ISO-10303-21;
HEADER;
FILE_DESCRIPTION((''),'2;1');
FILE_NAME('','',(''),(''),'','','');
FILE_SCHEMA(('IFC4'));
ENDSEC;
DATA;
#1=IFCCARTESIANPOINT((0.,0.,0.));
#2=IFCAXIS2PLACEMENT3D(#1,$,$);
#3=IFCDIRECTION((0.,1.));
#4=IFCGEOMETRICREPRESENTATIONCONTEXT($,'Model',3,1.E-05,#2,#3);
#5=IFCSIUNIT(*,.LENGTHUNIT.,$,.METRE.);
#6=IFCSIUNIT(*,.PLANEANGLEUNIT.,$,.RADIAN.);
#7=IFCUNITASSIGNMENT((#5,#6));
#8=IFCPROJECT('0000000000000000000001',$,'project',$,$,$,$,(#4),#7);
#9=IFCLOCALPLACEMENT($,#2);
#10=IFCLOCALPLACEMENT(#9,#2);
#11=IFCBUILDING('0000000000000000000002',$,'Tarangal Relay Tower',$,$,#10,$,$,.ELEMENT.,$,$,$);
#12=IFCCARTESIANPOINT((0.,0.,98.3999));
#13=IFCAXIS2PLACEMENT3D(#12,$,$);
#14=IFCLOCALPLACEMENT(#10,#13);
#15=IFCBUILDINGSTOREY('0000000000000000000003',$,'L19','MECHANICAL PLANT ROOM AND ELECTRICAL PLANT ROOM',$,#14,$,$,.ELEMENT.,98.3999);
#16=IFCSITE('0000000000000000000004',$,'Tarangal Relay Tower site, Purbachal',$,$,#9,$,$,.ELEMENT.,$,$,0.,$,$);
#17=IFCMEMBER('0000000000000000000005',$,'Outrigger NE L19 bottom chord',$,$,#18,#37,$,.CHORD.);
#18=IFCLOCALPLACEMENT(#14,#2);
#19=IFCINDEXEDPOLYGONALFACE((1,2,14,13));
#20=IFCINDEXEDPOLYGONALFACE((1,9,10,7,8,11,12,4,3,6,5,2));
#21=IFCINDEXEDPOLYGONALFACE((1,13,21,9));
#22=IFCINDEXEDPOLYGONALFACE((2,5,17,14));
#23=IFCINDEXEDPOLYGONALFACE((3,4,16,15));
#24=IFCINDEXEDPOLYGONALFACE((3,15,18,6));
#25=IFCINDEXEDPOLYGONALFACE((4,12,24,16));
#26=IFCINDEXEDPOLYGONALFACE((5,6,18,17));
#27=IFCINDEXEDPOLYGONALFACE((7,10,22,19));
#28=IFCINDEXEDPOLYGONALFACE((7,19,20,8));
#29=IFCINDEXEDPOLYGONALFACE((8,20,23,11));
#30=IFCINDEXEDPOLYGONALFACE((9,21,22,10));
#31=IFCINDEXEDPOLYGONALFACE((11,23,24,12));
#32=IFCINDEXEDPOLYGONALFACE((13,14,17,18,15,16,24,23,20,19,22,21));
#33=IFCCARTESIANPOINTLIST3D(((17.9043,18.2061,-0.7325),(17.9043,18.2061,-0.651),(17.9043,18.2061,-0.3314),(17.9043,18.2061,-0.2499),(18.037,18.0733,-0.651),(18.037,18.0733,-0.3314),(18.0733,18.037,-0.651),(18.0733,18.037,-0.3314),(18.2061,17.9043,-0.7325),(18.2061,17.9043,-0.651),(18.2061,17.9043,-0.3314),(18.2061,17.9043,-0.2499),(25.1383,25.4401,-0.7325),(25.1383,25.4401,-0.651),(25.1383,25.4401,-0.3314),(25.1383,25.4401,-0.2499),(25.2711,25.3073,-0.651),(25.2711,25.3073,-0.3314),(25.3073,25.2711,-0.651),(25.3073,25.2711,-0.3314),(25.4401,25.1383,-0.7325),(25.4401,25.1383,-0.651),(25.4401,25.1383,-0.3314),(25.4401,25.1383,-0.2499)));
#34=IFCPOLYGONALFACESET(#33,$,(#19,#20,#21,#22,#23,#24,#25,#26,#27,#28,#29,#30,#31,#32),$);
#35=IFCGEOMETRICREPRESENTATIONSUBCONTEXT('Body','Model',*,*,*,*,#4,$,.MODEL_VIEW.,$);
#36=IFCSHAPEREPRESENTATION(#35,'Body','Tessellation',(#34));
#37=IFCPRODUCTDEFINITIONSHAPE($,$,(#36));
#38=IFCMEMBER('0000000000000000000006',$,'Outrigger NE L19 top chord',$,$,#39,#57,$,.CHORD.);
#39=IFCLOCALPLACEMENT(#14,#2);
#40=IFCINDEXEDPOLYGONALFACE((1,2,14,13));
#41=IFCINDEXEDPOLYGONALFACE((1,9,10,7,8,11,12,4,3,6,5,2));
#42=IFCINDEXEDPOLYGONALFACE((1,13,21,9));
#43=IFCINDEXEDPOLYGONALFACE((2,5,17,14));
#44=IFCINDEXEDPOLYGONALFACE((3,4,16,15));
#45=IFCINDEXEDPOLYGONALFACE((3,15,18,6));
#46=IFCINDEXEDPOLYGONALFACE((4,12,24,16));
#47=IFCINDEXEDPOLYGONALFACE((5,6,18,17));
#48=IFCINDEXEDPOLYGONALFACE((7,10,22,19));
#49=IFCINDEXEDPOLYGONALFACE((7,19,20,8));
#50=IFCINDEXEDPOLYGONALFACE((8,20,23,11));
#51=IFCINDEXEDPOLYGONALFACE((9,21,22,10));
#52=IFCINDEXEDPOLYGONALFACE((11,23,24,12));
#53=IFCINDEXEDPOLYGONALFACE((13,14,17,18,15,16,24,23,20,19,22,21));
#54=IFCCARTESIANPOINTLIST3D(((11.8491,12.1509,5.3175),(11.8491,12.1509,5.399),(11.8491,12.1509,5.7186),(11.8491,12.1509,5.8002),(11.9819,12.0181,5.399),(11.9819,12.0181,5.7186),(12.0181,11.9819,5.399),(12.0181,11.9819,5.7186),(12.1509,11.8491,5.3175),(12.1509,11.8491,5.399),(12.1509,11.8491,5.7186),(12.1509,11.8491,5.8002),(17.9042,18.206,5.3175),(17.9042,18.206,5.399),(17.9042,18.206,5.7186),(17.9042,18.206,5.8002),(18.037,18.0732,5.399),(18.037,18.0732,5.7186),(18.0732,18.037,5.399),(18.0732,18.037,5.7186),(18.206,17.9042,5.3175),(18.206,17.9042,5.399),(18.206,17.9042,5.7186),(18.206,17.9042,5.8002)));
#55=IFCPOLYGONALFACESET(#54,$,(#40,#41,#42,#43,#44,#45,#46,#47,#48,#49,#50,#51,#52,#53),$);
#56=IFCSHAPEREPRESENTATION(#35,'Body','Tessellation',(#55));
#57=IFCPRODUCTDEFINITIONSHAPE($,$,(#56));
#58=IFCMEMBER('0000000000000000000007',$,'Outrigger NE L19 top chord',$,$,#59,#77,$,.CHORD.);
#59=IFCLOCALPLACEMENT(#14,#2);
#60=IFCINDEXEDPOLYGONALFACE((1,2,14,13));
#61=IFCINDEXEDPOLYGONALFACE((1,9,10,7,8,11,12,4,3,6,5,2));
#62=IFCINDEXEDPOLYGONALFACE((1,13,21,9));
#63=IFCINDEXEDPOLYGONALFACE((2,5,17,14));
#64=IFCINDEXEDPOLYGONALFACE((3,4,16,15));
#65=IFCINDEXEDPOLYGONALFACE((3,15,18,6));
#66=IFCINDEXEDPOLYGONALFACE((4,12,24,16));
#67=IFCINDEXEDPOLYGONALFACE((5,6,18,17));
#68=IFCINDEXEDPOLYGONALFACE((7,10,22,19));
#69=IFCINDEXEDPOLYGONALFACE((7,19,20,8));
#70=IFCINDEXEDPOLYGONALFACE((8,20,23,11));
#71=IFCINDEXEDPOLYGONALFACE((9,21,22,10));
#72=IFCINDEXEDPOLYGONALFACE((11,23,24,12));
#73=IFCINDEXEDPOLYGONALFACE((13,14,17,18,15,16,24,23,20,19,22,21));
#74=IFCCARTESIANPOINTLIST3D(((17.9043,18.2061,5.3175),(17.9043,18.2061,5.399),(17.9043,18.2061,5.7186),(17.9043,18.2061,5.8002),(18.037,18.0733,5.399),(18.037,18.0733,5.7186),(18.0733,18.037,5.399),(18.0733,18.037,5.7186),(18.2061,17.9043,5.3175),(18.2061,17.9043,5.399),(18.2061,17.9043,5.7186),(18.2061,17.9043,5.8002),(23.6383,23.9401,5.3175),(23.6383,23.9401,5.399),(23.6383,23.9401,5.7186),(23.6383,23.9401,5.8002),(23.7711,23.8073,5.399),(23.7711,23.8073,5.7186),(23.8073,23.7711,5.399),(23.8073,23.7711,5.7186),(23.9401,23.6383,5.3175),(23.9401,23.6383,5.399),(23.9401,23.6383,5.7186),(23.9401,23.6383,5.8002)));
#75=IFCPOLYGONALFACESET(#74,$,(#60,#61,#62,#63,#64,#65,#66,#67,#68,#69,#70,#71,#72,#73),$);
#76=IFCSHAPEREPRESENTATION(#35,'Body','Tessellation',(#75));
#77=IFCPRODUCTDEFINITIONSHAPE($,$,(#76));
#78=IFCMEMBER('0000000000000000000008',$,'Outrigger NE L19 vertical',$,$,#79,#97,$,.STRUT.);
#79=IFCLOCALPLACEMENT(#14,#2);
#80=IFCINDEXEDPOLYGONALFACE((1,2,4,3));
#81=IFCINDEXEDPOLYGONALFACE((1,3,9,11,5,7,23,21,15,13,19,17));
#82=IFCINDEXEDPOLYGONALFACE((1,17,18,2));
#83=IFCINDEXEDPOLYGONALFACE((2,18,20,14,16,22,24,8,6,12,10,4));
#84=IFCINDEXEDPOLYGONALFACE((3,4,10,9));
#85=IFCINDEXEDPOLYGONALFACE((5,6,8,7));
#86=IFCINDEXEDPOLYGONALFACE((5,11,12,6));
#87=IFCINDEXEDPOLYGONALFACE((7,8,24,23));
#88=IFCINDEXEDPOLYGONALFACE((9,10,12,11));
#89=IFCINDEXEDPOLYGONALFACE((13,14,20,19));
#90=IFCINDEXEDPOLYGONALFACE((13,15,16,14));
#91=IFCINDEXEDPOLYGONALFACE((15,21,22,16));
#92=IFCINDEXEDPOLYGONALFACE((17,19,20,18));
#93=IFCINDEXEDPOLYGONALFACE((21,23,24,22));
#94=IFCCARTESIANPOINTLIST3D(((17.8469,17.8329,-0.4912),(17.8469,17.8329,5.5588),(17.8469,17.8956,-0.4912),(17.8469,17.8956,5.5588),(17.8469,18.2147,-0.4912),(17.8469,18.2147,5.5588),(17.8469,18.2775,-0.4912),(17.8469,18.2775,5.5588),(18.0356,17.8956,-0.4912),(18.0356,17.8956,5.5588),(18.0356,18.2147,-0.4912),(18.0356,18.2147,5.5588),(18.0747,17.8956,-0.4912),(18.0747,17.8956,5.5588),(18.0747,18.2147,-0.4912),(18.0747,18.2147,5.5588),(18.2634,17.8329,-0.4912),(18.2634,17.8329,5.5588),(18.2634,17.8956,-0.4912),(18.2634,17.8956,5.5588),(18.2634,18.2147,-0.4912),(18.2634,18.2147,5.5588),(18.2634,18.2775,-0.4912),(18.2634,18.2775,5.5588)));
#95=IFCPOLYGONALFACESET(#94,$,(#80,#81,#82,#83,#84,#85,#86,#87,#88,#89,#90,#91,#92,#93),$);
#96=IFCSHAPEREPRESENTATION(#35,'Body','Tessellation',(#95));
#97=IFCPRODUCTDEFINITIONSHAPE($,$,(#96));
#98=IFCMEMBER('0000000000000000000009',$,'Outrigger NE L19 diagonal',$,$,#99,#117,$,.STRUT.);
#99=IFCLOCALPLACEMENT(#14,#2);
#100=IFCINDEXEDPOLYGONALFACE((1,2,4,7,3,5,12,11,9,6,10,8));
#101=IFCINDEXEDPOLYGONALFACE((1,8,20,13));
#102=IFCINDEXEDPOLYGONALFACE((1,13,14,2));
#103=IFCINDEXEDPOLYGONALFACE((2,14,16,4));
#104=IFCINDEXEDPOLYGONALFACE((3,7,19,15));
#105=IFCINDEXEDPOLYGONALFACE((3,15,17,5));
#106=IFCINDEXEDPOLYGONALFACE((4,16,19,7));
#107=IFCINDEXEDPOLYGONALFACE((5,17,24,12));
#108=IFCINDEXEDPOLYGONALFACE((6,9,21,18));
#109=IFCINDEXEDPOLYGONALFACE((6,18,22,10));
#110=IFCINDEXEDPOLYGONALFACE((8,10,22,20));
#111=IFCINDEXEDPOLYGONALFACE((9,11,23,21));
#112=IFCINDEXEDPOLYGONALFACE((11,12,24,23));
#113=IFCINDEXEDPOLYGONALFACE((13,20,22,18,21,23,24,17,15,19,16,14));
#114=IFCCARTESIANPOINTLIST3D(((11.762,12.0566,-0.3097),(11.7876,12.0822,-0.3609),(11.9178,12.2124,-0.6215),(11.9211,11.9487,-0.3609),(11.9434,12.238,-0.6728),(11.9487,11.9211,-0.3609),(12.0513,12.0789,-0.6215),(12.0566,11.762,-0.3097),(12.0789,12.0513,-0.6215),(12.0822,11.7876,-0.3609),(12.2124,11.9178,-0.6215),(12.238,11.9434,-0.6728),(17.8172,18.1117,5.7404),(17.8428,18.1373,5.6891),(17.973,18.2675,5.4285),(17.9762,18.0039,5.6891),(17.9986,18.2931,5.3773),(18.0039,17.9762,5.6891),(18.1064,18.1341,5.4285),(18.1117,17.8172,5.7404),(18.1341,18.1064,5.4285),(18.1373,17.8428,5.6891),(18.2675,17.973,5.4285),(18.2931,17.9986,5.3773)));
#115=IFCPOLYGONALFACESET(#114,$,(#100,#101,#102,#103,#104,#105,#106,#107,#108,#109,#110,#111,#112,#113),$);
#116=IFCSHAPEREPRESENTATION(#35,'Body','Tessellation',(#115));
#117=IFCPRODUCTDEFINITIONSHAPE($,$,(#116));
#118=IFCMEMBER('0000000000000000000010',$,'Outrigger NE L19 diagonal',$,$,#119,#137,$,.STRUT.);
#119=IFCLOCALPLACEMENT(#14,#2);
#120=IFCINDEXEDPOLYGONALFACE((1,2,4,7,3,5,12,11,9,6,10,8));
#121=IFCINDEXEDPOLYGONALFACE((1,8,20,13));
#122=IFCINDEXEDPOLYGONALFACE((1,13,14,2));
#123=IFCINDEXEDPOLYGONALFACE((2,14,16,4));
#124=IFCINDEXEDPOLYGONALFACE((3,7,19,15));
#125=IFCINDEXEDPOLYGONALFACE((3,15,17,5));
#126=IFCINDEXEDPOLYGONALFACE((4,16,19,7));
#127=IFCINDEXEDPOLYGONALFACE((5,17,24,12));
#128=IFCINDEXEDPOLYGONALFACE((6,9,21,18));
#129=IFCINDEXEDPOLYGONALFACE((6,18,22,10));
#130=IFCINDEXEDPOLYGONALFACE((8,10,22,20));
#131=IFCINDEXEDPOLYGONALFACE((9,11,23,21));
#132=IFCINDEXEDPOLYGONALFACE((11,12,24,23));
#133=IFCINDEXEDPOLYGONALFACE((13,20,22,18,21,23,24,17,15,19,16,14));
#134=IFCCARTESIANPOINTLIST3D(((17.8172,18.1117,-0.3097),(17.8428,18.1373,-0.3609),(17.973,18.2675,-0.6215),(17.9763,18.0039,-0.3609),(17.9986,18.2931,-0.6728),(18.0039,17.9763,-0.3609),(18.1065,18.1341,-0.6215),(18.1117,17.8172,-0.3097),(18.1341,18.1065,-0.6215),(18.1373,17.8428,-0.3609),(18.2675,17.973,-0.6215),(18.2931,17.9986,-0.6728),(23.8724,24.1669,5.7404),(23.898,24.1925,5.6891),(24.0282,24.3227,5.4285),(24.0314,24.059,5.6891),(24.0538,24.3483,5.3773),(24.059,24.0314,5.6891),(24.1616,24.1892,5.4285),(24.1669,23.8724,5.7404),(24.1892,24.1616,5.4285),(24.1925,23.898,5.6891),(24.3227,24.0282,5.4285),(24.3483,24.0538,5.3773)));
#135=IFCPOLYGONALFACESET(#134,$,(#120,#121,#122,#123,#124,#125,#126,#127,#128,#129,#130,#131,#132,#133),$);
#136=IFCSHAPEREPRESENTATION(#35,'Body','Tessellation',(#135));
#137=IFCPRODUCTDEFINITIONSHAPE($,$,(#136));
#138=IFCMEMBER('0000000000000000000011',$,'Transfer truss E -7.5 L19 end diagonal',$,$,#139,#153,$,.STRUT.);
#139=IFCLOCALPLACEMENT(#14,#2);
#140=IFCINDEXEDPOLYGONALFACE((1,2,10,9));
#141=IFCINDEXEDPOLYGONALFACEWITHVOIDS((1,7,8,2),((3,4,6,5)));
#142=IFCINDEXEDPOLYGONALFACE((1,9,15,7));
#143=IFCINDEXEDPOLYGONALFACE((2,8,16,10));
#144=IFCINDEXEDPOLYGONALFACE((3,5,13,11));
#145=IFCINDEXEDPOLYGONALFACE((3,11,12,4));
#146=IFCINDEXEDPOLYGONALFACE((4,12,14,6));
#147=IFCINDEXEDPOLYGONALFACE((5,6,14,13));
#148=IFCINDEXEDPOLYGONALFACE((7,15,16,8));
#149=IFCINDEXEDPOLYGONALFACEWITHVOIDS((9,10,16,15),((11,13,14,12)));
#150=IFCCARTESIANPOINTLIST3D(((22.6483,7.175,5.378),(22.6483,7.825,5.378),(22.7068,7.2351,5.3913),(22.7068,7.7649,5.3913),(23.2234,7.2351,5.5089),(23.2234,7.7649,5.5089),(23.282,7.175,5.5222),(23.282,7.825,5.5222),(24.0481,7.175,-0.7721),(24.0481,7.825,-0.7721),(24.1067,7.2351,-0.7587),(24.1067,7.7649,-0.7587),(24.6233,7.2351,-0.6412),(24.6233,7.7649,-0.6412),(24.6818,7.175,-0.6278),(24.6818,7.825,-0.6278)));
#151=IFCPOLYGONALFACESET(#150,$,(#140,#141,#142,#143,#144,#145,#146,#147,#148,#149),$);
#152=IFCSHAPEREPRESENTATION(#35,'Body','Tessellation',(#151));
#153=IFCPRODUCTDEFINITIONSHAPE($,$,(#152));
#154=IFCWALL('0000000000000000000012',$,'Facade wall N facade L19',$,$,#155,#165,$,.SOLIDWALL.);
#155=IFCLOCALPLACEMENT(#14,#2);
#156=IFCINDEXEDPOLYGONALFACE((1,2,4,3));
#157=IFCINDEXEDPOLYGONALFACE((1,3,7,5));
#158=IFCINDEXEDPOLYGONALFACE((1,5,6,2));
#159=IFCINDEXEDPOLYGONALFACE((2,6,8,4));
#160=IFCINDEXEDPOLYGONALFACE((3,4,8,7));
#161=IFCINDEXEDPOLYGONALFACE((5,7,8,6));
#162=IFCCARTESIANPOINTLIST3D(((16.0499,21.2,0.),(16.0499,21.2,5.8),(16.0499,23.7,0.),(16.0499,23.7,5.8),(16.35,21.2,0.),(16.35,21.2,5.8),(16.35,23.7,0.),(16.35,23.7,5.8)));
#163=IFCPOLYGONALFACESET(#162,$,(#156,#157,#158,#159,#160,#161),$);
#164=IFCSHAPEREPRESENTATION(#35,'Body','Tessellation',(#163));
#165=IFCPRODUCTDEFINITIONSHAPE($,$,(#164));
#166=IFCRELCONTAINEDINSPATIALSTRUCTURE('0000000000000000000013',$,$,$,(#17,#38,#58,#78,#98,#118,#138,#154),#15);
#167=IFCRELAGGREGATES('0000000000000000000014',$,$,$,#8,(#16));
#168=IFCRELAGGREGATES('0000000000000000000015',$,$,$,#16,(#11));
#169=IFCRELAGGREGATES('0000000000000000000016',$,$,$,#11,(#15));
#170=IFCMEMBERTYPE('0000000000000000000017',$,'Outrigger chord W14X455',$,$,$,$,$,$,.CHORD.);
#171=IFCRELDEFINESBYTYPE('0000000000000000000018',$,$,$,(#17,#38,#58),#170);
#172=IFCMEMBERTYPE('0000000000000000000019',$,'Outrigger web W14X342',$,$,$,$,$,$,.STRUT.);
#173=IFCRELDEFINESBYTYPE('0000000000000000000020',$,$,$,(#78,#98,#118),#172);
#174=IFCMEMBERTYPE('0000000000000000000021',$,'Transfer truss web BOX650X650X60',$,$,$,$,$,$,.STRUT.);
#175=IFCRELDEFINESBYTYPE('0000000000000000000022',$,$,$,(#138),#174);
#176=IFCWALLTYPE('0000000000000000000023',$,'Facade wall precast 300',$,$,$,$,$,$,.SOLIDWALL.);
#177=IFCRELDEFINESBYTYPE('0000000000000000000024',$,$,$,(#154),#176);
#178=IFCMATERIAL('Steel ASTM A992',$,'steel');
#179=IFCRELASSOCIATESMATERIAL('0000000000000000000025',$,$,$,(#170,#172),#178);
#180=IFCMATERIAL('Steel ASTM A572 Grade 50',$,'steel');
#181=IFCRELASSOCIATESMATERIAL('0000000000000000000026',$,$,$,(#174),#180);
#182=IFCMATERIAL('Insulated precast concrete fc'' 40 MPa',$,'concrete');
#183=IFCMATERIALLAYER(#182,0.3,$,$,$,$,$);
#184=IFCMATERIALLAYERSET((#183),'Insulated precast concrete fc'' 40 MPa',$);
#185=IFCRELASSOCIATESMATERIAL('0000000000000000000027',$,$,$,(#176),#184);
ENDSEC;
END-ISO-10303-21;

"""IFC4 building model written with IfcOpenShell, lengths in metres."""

from ifc_helpers import new_model, si_unit, direction, frame, frame_2d, origin, origin_2d, place, context, subcontext, project, spatial, rectangle, hollow_rectangle, i_section, extrude, clip, halfspace, material, layer, layer_set, material_profile, profile_set, type_object, element, save


model = new_model("IFC4")

# Units and contexts
model_context = context("Model", 3, precision=1e-05, world=origin(), true_north=direction((0.0, 1.0)))
body_context = subcontext(model_context, "Body", "Model", "MODEL_VIEW")
ifc_project = project(units=[si_unit("LENGTHUNIT", "METRE"), si_unit("PLANEANGLEUNIT", "RADIAN")], contexts=[model_context])

# Site, building, storey
site_placement = place(None, origin())
site = spatial("IfcSite", under=ifc_project, at=site_placement, Name="Tarangal Relay Tower site, Purbachal", CompositionType="ELEMENT", RefElevation=0.0)
building_placement = place(site_placement, origin())
building = spatial("IfcBuilding", under=site, at=building_placement, Name="Tarangal Relay Tower", CompositionType="ELEMENT")
storey_placement = place(building_placement, frame((0.0, 0.0, 98.3999)))
storey = spatial("IfcBuildingStorey", under=building, at=storey_placement, Name="L19", Description="MECHANICAL PLANT ROOM AND ELECTRICAL PLANT ROOM", CompositionType="ELEMENT", Elevation=98.3999)

# Shared definitions
ifc_material_1 = material(Name="Steel ASTM A992", Category="steel")
ifc_material_2 = material(Name="Steel ASTM A572 Grade 50", Category="steel")

# Members
ifc_material_profile_1 = material_profile(ifc_material_1, i_section(OverallWidth=0.4268, OverallDepth=0.4827, WebThickness=0.0513, FlangeThickness=0.0815, at=origin_2d()), Name="W14X455")
ifc_profile_set_1 = profile_set([ifc_material_profile_1], Name="Steel ASTM A992")
member_type_1 = type_object("IfcMemberType", Name="Outrigger chord W14X455", PredefinedType="CHORD", material=ifc_profile_set_1)
member_1_placement = place(storey_placement, frame((18.0552, 18.0552, -0.4912), z_axis=(0.707107, 0.707107, 0.0), x_axis=(-0.707107, 0.707107, 0.0)))
element("IfcMember", 1, at=member_1_placement, inside=storey, type_object=member_type_1, Name="Outrigger NE L19 bottom chord", PredefinedType="CHORD", context=body_context, shape_type="Clipping", body=[
    clip(extrude(i_section(OverallWidth=0.4268, OverallDepth=0.4827, WebThickness=0.0513, FlangeThickness=0.0815, at=origin_2d()), origin(), (0.0, 0.0, 1.0), 10.5286), halfspace(frame((0.0, 0.0, 10.2305)), False)),
])
member_2_placement = place(storey_placement, frame((12.0, 12.0, 5.5588), z_axis=(0.707107, 0.707107, 0.0), x_axis=(-0.707107, 0.707107, 0.0)))
element("IfcMember", 2, at=member_2_placement, inside=storey, type_object=member_type_1, Name="Outrigger NE L19 top chord", PredefinedType="CHORD", context=body_context, shape_type="SweptSolid", body=[
    extrude(i_section(OverallWidth=0.4268, OverallDepth=0.4827, WebThickness=0.0513, FlangeThickness=0.0815, at=origin_2d()), origin(), (0.0, 0.0, 1.0), 8.5632),
])
member_3_placement = place(storey_placement, frame((18.0552, 18.0552, 5.5588), z_axis=(0.707107, 0.707107, 0.0), x_axis=(-0.707107, 0.707107, 0.0)))
element("IfcMember", 3, at=member_3_placement, inside=storey, type_object=member_type_1, Name="Outrigger NE L19 top chord", PredefinedType="CHORD", context=body_context, shape_type="Clipping", body=[
    clip(extrude(i_section(OverallWidth=0.4268, OverallDepth=0.4827, WebThickness=0.0513, FlangeThickness=0.0815, at=origin_2d()), origin(), (0.0, 0.0, 1.0), 8.5632), halfspace(frame((0.0, 0.0, 8.1091)), False)),
])
ifc_material_profile_2 = material_profile(ifc_material_1, i_section(OverallWidth=0.4165, OverallDepth=0.4446, WebThickness=0.0391, FlangeThickness=0.0627, at=origin_2d()), Name="W14X342")
ifc_profile_set_2 = profile_set([ifc_material_profile_2], Name="Steel ASTM A992")
member_type_2 = type_object("IfcMemberType", Name="Outrigger web W14X342", PredefinedType="STRUT", material=ifc_profile_set_2)
member_4_placement = place(storey_placement, frame((18.0552, 18.0552, -0.4912), z_axis=(0.0, 0.0, 1.0), x_axis=(1.0, 0.0, 0.0)))
element("IfcMember", 4, at=member_4_placement, inside=storey, type_object=member_type_2, Name="Outrigger NE L19 vertical", PredefinedType="STRUT", context=body_context, shape_type="SweptSolid", body=[
    extrude(i_section(OverallWidth=0.4165, OverallDepth=0.4446, WebThickness=0.0391, FlangeThickness=0.0627, at=origin_2d()), origin(), (0.0, 0.0, 1.0), 6.05),
])
for number, where, z_axis, x_axis, name in (
    (5, (12.0, 12.0, -0.4912), (0.577513, 0.577513, 0.577024), (-0.707107, 0.707107, 0.0), "Outrigger NE L19 diagonal"),
    (6, (18.0552, 18.0552, -0.4912), (0.577513, 0.577513, 0.577024), (-0.707107, 0.707107, 0.0), "Outrigger NE L19 diagonal"),
):
    element("IfcMember", number, at=place(storey_placement, frame(where, z_axis=z_axis, x_axis=x_axis)), inside=storey, type_object=member_type_2, Name=name, PredefinedType="STRUT", context=body_context, shape_type="SweptSolid", body=[
        extrude(i_section(OverallWidth=0.4165, OverallDepth=0.4446, WebThickness=0.0391, FlangeThickness=0.0627, at=origin_2d()), origin(), (0.0, 0.0, 1.0), 10.4849),
    ])
ifc_material_profile_3 = material_profile(ifc_material_2, hollow_rectangle(XDim=0.6499, YDim=0.6499, WallThickness=0.0601, at=origin_2d()), Name="BOX650X650X60")
ifc_profile_set_3 = profile_set([ifc_material_profile_3], Name="Steel ASTM A572 Grade 50")
member_type_3 = type_object("IfcMemberType", Name="Transfer truss web BOX650X650X60", PredefinedType="STRUT", material=ifc_profile_set_3)
member_5_placement = place(storey_placement, frame((24.365, 7.5, -0.7), z_axis=(-0.221944, 0.0, 0.975059), x_axis=(0.0, -1.0, 0.0)))
element("IfcMember", 7, at=member_5_placement, inside=storey, type_object=member_type_3, Name="Transfer truss E -7.5 L19 end diagonal", PredefinedType="STRUT", context=body_context, shape_type="SweptSolid", body=[
    extrude(hollow_rectangle(XDim=0.6499, YDim=0.6499, WallThickness=0.0601, at=origin_2d()), origin(), (0.0, 0.0, 1.0), 6.3074),
])

# Wall
ifc_material_3 = material(Name="Insulated precast concrete fc' 40 MPa", Category="concrete")
ifc_layer_1 = layer(ifc_material_3, 0.3)
ifc_layer_set_1 = layer_set([ifc_layer_1], Name="Insulated precast concrete fc' 40 MPa")
wall_type_1 = type_object("IfcWallType", Name="Facade wall precast 300", PredefinedType="SOLIDWALL", material=ifc_layer_set_1)
wall_1_placement = place(storey_placement, frame((16.2, 23.7, 0.0), z_axis=(0.0, 0.0, 1.0), x_axis=(0.0, -1.0, 0.0)))
element("IfcWall", 8, at=wall_1_placement, inside=storey, type_object=wall_type_1, Name="Facade wall N facade L19", PredefinedType="SOLIDWALL", context=body_context, shape_type="SweptSolid", body=[
    extrude(rectangle(XDim=2.5, YDim=0.3, at=frame_2d((1.25, 0.0))), origin(), (0.0, 0.0, 1.0), 5.8),
])

save(model, "model.ifc")
